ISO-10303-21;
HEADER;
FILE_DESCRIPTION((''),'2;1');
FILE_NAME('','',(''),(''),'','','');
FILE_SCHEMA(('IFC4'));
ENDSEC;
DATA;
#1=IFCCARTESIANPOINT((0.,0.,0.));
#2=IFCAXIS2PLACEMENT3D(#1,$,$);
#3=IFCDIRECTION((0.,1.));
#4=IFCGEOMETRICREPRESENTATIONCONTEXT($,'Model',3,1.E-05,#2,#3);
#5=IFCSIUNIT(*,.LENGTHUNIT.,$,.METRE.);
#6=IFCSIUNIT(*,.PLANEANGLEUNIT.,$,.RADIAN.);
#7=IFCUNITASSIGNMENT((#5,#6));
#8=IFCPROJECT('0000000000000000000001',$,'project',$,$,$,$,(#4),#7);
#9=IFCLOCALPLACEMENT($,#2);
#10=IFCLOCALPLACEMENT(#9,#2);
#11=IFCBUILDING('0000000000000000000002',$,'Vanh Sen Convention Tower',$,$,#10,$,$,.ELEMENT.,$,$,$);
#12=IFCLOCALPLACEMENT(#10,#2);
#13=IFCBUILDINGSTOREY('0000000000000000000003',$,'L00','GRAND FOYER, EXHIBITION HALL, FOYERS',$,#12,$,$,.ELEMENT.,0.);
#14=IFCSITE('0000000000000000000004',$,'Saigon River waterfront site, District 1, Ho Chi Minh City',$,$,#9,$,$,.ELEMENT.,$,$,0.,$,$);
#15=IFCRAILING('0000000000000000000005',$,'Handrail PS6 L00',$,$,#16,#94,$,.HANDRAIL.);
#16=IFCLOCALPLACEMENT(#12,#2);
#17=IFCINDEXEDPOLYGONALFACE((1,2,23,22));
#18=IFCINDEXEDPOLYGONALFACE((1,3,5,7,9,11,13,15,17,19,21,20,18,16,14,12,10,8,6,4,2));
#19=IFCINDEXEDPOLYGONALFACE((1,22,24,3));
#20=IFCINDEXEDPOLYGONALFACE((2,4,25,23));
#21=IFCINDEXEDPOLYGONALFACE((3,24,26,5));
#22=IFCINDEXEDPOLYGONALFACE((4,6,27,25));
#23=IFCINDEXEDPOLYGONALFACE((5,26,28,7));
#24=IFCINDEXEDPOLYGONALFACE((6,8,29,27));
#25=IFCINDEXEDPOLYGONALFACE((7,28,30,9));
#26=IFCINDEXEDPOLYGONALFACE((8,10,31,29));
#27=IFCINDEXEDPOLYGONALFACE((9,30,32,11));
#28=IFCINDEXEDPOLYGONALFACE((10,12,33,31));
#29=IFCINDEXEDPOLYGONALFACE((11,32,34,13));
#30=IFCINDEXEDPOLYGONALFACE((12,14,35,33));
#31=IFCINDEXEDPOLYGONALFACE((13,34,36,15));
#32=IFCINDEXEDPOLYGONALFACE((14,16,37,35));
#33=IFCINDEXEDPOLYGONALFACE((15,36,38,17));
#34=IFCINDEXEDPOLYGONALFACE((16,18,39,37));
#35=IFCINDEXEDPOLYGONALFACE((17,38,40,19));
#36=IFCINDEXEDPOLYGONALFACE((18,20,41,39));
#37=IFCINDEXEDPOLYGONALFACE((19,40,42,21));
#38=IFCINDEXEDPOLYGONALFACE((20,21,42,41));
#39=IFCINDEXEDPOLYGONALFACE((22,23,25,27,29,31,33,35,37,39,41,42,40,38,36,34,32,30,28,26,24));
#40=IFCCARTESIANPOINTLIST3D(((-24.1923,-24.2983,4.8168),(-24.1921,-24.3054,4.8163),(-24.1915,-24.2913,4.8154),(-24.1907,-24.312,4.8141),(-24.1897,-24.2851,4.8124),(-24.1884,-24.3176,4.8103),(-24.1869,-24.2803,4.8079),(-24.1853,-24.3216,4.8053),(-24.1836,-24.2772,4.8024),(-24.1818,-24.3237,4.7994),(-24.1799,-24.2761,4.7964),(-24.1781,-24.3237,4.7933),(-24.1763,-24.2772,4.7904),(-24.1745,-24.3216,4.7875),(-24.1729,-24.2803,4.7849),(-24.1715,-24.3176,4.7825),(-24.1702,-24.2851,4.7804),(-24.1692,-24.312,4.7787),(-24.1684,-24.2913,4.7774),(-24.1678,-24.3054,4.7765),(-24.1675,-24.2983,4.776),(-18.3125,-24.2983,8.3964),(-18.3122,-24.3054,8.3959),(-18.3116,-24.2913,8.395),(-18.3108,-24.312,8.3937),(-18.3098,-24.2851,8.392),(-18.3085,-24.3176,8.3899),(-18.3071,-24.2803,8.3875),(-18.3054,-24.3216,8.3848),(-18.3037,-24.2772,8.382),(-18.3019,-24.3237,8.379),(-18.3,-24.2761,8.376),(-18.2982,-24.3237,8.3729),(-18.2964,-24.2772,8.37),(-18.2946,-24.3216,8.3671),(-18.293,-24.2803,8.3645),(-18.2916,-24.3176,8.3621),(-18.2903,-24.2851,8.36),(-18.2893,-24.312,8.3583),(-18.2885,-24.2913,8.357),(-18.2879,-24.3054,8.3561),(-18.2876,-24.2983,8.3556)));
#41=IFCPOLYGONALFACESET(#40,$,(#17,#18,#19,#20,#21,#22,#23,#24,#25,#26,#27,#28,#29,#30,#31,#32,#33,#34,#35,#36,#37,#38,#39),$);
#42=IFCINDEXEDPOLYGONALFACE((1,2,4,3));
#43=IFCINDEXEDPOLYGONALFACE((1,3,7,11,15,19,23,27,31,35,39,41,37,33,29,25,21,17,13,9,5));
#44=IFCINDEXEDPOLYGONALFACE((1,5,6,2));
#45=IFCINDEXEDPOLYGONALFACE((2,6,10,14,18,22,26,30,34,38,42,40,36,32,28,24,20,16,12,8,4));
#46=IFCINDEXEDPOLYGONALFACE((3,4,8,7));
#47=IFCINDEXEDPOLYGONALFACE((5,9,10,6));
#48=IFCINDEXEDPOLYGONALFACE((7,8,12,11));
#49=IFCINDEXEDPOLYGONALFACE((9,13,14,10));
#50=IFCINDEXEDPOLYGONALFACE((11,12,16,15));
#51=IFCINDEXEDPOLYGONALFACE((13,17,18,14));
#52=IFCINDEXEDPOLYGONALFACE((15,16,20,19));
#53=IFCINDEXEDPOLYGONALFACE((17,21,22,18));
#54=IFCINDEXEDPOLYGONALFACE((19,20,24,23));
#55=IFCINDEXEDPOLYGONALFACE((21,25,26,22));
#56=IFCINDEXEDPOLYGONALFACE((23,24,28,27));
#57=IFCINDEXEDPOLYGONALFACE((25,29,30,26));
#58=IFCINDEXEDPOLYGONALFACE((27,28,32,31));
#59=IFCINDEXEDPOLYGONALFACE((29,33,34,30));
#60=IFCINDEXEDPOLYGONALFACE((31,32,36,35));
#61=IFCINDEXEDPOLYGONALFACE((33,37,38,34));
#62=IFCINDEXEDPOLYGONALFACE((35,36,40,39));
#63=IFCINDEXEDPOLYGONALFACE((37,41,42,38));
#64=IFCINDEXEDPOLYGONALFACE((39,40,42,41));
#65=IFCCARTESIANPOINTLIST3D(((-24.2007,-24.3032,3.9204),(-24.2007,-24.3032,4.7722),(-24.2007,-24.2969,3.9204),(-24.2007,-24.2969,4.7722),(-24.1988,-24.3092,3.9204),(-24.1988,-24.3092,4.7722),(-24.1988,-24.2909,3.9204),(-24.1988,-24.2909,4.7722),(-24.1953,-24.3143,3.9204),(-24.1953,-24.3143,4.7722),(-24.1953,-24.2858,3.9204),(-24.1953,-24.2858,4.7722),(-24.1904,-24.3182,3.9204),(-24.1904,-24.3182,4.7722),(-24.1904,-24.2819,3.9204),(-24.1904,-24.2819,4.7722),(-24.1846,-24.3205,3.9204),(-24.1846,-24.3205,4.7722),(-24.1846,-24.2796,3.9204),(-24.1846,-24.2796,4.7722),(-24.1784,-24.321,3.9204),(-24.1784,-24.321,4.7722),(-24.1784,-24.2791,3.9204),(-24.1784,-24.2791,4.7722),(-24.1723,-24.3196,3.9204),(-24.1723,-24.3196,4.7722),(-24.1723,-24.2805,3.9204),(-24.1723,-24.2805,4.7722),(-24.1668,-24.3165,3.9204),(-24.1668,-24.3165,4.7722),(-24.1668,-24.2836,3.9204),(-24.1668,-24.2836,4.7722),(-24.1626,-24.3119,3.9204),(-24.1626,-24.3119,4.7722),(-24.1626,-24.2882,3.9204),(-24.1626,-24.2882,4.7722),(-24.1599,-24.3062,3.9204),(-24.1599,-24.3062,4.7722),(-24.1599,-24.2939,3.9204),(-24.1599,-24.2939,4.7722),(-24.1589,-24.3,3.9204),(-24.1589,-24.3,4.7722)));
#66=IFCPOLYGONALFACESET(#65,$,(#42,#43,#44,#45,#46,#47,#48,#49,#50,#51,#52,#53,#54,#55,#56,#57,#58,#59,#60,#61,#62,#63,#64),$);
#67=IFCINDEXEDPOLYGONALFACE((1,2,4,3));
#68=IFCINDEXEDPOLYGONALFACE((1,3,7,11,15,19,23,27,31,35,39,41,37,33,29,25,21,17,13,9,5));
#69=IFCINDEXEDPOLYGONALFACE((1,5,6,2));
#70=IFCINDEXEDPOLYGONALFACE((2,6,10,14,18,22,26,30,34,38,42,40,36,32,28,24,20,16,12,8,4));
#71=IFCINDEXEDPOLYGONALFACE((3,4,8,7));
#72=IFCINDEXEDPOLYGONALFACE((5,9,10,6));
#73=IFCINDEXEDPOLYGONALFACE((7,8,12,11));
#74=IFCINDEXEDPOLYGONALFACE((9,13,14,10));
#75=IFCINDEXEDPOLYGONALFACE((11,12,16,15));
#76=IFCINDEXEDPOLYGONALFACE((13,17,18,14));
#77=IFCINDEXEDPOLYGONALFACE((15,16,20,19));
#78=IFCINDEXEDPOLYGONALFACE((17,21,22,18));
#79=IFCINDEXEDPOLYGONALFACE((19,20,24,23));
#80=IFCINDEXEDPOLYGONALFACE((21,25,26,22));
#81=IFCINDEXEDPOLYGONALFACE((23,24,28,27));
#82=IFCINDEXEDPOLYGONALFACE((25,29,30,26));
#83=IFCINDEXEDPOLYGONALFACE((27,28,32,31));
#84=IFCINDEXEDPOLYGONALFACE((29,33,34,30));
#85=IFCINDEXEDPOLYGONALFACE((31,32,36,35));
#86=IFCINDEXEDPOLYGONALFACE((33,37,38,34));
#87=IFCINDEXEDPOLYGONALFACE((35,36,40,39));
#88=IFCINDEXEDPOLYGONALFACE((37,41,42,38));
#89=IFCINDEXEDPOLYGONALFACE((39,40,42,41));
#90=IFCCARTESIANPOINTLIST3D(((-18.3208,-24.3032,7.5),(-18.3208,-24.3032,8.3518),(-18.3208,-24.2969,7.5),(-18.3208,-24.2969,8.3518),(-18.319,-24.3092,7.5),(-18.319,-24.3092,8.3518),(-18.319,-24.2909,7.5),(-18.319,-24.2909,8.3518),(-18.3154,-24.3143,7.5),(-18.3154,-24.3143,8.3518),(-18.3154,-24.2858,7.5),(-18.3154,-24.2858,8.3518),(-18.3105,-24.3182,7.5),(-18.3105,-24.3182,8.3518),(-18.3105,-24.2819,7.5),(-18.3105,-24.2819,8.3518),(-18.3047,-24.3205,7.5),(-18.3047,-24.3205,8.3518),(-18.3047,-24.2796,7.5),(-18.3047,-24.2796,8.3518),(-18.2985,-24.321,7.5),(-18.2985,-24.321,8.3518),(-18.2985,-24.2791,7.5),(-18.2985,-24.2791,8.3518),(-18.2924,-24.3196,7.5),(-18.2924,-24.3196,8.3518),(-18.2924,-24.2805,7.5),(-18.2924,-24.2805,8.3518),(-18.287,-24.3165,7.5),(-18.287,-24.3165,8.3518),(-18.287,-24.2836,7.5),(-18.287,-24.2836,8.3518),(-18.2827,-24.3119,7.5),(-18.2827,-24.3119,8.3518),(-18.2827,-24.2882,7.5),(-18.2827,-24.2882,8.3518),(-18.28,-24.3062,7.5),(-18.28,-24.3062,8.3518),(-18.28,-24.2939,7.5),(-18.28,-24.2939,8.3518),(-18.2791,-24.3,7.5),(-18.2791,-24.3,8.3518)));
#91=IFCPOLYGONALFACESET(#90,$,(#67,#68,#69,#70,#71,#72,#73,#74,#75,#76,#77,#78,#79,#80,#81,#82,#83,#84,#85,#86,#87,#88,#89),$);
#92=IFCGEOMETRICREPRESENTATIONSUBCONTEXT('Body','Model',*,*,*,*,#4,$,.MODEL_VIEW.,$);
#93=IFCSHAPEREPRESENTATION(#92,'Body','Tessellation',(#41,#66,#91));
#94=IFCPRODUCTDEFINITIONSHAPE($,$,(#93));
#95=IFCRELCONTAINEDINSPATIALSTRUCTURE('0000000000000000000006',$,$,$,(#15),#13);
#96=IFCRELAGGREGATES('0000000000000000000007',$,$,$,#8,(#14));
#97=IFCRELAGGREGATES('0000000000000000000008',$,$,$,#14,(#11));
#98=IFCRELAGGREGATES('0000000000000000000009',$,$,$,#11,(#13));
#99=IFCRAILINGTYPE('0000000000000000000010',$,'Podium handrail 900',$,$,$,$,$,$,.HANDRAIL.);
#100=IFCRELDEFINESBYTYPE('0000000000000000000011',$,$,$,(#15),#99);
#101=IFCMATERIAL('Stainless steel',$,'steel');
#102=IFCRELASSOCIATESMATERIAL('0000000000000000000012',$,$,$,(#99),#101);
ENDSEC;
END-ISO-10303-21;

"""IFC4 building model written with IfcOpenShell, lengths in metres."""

from ifc_helpers import new_model, si_unit, direction, frame, origin, origin_2d, place, context, subcontext, project, spatial, circle, extrude, material, type_object, element, save


model = new_model("IFC4")

# Units and contexts
model_context = context("Model", 3, precision=1e-05, world=origin(), true_north=direction((0.0, 1.0)))
body_context = subcontext(model_context, "Body", "Model", "MODEL_VIEW")
ifc_project = project(units=[si_unit("LENGTHUNIT", "METRE"), si_unit("PLANEANGLEUNIT", "RADIAN")], contexts=[model_context])

# Site, building, storey
site_placement = place(None, origin())
site = spatial("IfcSite", under=ifc_project, at=site_placement, Name="Saigon River waterfront site, District 1, Ho Chi Minh City", CompositionType="ELEMENT", RefElevation=0.0)
building_placement = place(site_placement, origin())
building = spatial("IfcBuilding", under=site, at=building_placement, Name="Vanh Sen Convention Tower", CompositionType="ELEMENT")
storey_placement = place(building_placement, origin())
storey = spatial("IfcBuildingStorey", under=building, at=storey_placement, Name="L00", Description="GRAND FOYER, EXHIBITION HALL, FOYERS", CompositionType="ELEMENT", Elevation=0.0)

# Railing
ifc_material_1 = material(Name="Stainless steel", Category="steel")
railing_type = type_object("IfcRailingType", Name="Podium handrail 900", PredefinedType="HANDRAIL", material=ifc_material_1)
for number, where, name in (
    (1, (-24.1799, -24.3, 3.9204), "Handrail PS6 L00"),
):
    element("IfcRailing", number, at=place(storey_placement, frame(where)), inside=storey, type_object=railing_type, Name=name, PredefinedType="HANDRAIL", context=body_context, shape_type="SweptSolid", body=[
        extrude(circle(Radius=0.0239, at=origin_2d()), frame((0.0, 0.0, 0.876), z_axis=(0.854164, 0.0, 0.520003), x_axis=(0.0, 1.0, 0.0)), (0.0, 0.0, 1.0), 6.8838),
        extrude(circle(Radius=0.021, at=origin_2d()), origin(), (0.0, 0.0, 1.0), 0.8518),
        extrude(circle(Radius=0.021, at=origin_2d()), frame((5.8799, 0.0, 3.5796)), (0.0, 0.0, 1.0), 0.8518),
    ])

save(model, "model.ifc")
